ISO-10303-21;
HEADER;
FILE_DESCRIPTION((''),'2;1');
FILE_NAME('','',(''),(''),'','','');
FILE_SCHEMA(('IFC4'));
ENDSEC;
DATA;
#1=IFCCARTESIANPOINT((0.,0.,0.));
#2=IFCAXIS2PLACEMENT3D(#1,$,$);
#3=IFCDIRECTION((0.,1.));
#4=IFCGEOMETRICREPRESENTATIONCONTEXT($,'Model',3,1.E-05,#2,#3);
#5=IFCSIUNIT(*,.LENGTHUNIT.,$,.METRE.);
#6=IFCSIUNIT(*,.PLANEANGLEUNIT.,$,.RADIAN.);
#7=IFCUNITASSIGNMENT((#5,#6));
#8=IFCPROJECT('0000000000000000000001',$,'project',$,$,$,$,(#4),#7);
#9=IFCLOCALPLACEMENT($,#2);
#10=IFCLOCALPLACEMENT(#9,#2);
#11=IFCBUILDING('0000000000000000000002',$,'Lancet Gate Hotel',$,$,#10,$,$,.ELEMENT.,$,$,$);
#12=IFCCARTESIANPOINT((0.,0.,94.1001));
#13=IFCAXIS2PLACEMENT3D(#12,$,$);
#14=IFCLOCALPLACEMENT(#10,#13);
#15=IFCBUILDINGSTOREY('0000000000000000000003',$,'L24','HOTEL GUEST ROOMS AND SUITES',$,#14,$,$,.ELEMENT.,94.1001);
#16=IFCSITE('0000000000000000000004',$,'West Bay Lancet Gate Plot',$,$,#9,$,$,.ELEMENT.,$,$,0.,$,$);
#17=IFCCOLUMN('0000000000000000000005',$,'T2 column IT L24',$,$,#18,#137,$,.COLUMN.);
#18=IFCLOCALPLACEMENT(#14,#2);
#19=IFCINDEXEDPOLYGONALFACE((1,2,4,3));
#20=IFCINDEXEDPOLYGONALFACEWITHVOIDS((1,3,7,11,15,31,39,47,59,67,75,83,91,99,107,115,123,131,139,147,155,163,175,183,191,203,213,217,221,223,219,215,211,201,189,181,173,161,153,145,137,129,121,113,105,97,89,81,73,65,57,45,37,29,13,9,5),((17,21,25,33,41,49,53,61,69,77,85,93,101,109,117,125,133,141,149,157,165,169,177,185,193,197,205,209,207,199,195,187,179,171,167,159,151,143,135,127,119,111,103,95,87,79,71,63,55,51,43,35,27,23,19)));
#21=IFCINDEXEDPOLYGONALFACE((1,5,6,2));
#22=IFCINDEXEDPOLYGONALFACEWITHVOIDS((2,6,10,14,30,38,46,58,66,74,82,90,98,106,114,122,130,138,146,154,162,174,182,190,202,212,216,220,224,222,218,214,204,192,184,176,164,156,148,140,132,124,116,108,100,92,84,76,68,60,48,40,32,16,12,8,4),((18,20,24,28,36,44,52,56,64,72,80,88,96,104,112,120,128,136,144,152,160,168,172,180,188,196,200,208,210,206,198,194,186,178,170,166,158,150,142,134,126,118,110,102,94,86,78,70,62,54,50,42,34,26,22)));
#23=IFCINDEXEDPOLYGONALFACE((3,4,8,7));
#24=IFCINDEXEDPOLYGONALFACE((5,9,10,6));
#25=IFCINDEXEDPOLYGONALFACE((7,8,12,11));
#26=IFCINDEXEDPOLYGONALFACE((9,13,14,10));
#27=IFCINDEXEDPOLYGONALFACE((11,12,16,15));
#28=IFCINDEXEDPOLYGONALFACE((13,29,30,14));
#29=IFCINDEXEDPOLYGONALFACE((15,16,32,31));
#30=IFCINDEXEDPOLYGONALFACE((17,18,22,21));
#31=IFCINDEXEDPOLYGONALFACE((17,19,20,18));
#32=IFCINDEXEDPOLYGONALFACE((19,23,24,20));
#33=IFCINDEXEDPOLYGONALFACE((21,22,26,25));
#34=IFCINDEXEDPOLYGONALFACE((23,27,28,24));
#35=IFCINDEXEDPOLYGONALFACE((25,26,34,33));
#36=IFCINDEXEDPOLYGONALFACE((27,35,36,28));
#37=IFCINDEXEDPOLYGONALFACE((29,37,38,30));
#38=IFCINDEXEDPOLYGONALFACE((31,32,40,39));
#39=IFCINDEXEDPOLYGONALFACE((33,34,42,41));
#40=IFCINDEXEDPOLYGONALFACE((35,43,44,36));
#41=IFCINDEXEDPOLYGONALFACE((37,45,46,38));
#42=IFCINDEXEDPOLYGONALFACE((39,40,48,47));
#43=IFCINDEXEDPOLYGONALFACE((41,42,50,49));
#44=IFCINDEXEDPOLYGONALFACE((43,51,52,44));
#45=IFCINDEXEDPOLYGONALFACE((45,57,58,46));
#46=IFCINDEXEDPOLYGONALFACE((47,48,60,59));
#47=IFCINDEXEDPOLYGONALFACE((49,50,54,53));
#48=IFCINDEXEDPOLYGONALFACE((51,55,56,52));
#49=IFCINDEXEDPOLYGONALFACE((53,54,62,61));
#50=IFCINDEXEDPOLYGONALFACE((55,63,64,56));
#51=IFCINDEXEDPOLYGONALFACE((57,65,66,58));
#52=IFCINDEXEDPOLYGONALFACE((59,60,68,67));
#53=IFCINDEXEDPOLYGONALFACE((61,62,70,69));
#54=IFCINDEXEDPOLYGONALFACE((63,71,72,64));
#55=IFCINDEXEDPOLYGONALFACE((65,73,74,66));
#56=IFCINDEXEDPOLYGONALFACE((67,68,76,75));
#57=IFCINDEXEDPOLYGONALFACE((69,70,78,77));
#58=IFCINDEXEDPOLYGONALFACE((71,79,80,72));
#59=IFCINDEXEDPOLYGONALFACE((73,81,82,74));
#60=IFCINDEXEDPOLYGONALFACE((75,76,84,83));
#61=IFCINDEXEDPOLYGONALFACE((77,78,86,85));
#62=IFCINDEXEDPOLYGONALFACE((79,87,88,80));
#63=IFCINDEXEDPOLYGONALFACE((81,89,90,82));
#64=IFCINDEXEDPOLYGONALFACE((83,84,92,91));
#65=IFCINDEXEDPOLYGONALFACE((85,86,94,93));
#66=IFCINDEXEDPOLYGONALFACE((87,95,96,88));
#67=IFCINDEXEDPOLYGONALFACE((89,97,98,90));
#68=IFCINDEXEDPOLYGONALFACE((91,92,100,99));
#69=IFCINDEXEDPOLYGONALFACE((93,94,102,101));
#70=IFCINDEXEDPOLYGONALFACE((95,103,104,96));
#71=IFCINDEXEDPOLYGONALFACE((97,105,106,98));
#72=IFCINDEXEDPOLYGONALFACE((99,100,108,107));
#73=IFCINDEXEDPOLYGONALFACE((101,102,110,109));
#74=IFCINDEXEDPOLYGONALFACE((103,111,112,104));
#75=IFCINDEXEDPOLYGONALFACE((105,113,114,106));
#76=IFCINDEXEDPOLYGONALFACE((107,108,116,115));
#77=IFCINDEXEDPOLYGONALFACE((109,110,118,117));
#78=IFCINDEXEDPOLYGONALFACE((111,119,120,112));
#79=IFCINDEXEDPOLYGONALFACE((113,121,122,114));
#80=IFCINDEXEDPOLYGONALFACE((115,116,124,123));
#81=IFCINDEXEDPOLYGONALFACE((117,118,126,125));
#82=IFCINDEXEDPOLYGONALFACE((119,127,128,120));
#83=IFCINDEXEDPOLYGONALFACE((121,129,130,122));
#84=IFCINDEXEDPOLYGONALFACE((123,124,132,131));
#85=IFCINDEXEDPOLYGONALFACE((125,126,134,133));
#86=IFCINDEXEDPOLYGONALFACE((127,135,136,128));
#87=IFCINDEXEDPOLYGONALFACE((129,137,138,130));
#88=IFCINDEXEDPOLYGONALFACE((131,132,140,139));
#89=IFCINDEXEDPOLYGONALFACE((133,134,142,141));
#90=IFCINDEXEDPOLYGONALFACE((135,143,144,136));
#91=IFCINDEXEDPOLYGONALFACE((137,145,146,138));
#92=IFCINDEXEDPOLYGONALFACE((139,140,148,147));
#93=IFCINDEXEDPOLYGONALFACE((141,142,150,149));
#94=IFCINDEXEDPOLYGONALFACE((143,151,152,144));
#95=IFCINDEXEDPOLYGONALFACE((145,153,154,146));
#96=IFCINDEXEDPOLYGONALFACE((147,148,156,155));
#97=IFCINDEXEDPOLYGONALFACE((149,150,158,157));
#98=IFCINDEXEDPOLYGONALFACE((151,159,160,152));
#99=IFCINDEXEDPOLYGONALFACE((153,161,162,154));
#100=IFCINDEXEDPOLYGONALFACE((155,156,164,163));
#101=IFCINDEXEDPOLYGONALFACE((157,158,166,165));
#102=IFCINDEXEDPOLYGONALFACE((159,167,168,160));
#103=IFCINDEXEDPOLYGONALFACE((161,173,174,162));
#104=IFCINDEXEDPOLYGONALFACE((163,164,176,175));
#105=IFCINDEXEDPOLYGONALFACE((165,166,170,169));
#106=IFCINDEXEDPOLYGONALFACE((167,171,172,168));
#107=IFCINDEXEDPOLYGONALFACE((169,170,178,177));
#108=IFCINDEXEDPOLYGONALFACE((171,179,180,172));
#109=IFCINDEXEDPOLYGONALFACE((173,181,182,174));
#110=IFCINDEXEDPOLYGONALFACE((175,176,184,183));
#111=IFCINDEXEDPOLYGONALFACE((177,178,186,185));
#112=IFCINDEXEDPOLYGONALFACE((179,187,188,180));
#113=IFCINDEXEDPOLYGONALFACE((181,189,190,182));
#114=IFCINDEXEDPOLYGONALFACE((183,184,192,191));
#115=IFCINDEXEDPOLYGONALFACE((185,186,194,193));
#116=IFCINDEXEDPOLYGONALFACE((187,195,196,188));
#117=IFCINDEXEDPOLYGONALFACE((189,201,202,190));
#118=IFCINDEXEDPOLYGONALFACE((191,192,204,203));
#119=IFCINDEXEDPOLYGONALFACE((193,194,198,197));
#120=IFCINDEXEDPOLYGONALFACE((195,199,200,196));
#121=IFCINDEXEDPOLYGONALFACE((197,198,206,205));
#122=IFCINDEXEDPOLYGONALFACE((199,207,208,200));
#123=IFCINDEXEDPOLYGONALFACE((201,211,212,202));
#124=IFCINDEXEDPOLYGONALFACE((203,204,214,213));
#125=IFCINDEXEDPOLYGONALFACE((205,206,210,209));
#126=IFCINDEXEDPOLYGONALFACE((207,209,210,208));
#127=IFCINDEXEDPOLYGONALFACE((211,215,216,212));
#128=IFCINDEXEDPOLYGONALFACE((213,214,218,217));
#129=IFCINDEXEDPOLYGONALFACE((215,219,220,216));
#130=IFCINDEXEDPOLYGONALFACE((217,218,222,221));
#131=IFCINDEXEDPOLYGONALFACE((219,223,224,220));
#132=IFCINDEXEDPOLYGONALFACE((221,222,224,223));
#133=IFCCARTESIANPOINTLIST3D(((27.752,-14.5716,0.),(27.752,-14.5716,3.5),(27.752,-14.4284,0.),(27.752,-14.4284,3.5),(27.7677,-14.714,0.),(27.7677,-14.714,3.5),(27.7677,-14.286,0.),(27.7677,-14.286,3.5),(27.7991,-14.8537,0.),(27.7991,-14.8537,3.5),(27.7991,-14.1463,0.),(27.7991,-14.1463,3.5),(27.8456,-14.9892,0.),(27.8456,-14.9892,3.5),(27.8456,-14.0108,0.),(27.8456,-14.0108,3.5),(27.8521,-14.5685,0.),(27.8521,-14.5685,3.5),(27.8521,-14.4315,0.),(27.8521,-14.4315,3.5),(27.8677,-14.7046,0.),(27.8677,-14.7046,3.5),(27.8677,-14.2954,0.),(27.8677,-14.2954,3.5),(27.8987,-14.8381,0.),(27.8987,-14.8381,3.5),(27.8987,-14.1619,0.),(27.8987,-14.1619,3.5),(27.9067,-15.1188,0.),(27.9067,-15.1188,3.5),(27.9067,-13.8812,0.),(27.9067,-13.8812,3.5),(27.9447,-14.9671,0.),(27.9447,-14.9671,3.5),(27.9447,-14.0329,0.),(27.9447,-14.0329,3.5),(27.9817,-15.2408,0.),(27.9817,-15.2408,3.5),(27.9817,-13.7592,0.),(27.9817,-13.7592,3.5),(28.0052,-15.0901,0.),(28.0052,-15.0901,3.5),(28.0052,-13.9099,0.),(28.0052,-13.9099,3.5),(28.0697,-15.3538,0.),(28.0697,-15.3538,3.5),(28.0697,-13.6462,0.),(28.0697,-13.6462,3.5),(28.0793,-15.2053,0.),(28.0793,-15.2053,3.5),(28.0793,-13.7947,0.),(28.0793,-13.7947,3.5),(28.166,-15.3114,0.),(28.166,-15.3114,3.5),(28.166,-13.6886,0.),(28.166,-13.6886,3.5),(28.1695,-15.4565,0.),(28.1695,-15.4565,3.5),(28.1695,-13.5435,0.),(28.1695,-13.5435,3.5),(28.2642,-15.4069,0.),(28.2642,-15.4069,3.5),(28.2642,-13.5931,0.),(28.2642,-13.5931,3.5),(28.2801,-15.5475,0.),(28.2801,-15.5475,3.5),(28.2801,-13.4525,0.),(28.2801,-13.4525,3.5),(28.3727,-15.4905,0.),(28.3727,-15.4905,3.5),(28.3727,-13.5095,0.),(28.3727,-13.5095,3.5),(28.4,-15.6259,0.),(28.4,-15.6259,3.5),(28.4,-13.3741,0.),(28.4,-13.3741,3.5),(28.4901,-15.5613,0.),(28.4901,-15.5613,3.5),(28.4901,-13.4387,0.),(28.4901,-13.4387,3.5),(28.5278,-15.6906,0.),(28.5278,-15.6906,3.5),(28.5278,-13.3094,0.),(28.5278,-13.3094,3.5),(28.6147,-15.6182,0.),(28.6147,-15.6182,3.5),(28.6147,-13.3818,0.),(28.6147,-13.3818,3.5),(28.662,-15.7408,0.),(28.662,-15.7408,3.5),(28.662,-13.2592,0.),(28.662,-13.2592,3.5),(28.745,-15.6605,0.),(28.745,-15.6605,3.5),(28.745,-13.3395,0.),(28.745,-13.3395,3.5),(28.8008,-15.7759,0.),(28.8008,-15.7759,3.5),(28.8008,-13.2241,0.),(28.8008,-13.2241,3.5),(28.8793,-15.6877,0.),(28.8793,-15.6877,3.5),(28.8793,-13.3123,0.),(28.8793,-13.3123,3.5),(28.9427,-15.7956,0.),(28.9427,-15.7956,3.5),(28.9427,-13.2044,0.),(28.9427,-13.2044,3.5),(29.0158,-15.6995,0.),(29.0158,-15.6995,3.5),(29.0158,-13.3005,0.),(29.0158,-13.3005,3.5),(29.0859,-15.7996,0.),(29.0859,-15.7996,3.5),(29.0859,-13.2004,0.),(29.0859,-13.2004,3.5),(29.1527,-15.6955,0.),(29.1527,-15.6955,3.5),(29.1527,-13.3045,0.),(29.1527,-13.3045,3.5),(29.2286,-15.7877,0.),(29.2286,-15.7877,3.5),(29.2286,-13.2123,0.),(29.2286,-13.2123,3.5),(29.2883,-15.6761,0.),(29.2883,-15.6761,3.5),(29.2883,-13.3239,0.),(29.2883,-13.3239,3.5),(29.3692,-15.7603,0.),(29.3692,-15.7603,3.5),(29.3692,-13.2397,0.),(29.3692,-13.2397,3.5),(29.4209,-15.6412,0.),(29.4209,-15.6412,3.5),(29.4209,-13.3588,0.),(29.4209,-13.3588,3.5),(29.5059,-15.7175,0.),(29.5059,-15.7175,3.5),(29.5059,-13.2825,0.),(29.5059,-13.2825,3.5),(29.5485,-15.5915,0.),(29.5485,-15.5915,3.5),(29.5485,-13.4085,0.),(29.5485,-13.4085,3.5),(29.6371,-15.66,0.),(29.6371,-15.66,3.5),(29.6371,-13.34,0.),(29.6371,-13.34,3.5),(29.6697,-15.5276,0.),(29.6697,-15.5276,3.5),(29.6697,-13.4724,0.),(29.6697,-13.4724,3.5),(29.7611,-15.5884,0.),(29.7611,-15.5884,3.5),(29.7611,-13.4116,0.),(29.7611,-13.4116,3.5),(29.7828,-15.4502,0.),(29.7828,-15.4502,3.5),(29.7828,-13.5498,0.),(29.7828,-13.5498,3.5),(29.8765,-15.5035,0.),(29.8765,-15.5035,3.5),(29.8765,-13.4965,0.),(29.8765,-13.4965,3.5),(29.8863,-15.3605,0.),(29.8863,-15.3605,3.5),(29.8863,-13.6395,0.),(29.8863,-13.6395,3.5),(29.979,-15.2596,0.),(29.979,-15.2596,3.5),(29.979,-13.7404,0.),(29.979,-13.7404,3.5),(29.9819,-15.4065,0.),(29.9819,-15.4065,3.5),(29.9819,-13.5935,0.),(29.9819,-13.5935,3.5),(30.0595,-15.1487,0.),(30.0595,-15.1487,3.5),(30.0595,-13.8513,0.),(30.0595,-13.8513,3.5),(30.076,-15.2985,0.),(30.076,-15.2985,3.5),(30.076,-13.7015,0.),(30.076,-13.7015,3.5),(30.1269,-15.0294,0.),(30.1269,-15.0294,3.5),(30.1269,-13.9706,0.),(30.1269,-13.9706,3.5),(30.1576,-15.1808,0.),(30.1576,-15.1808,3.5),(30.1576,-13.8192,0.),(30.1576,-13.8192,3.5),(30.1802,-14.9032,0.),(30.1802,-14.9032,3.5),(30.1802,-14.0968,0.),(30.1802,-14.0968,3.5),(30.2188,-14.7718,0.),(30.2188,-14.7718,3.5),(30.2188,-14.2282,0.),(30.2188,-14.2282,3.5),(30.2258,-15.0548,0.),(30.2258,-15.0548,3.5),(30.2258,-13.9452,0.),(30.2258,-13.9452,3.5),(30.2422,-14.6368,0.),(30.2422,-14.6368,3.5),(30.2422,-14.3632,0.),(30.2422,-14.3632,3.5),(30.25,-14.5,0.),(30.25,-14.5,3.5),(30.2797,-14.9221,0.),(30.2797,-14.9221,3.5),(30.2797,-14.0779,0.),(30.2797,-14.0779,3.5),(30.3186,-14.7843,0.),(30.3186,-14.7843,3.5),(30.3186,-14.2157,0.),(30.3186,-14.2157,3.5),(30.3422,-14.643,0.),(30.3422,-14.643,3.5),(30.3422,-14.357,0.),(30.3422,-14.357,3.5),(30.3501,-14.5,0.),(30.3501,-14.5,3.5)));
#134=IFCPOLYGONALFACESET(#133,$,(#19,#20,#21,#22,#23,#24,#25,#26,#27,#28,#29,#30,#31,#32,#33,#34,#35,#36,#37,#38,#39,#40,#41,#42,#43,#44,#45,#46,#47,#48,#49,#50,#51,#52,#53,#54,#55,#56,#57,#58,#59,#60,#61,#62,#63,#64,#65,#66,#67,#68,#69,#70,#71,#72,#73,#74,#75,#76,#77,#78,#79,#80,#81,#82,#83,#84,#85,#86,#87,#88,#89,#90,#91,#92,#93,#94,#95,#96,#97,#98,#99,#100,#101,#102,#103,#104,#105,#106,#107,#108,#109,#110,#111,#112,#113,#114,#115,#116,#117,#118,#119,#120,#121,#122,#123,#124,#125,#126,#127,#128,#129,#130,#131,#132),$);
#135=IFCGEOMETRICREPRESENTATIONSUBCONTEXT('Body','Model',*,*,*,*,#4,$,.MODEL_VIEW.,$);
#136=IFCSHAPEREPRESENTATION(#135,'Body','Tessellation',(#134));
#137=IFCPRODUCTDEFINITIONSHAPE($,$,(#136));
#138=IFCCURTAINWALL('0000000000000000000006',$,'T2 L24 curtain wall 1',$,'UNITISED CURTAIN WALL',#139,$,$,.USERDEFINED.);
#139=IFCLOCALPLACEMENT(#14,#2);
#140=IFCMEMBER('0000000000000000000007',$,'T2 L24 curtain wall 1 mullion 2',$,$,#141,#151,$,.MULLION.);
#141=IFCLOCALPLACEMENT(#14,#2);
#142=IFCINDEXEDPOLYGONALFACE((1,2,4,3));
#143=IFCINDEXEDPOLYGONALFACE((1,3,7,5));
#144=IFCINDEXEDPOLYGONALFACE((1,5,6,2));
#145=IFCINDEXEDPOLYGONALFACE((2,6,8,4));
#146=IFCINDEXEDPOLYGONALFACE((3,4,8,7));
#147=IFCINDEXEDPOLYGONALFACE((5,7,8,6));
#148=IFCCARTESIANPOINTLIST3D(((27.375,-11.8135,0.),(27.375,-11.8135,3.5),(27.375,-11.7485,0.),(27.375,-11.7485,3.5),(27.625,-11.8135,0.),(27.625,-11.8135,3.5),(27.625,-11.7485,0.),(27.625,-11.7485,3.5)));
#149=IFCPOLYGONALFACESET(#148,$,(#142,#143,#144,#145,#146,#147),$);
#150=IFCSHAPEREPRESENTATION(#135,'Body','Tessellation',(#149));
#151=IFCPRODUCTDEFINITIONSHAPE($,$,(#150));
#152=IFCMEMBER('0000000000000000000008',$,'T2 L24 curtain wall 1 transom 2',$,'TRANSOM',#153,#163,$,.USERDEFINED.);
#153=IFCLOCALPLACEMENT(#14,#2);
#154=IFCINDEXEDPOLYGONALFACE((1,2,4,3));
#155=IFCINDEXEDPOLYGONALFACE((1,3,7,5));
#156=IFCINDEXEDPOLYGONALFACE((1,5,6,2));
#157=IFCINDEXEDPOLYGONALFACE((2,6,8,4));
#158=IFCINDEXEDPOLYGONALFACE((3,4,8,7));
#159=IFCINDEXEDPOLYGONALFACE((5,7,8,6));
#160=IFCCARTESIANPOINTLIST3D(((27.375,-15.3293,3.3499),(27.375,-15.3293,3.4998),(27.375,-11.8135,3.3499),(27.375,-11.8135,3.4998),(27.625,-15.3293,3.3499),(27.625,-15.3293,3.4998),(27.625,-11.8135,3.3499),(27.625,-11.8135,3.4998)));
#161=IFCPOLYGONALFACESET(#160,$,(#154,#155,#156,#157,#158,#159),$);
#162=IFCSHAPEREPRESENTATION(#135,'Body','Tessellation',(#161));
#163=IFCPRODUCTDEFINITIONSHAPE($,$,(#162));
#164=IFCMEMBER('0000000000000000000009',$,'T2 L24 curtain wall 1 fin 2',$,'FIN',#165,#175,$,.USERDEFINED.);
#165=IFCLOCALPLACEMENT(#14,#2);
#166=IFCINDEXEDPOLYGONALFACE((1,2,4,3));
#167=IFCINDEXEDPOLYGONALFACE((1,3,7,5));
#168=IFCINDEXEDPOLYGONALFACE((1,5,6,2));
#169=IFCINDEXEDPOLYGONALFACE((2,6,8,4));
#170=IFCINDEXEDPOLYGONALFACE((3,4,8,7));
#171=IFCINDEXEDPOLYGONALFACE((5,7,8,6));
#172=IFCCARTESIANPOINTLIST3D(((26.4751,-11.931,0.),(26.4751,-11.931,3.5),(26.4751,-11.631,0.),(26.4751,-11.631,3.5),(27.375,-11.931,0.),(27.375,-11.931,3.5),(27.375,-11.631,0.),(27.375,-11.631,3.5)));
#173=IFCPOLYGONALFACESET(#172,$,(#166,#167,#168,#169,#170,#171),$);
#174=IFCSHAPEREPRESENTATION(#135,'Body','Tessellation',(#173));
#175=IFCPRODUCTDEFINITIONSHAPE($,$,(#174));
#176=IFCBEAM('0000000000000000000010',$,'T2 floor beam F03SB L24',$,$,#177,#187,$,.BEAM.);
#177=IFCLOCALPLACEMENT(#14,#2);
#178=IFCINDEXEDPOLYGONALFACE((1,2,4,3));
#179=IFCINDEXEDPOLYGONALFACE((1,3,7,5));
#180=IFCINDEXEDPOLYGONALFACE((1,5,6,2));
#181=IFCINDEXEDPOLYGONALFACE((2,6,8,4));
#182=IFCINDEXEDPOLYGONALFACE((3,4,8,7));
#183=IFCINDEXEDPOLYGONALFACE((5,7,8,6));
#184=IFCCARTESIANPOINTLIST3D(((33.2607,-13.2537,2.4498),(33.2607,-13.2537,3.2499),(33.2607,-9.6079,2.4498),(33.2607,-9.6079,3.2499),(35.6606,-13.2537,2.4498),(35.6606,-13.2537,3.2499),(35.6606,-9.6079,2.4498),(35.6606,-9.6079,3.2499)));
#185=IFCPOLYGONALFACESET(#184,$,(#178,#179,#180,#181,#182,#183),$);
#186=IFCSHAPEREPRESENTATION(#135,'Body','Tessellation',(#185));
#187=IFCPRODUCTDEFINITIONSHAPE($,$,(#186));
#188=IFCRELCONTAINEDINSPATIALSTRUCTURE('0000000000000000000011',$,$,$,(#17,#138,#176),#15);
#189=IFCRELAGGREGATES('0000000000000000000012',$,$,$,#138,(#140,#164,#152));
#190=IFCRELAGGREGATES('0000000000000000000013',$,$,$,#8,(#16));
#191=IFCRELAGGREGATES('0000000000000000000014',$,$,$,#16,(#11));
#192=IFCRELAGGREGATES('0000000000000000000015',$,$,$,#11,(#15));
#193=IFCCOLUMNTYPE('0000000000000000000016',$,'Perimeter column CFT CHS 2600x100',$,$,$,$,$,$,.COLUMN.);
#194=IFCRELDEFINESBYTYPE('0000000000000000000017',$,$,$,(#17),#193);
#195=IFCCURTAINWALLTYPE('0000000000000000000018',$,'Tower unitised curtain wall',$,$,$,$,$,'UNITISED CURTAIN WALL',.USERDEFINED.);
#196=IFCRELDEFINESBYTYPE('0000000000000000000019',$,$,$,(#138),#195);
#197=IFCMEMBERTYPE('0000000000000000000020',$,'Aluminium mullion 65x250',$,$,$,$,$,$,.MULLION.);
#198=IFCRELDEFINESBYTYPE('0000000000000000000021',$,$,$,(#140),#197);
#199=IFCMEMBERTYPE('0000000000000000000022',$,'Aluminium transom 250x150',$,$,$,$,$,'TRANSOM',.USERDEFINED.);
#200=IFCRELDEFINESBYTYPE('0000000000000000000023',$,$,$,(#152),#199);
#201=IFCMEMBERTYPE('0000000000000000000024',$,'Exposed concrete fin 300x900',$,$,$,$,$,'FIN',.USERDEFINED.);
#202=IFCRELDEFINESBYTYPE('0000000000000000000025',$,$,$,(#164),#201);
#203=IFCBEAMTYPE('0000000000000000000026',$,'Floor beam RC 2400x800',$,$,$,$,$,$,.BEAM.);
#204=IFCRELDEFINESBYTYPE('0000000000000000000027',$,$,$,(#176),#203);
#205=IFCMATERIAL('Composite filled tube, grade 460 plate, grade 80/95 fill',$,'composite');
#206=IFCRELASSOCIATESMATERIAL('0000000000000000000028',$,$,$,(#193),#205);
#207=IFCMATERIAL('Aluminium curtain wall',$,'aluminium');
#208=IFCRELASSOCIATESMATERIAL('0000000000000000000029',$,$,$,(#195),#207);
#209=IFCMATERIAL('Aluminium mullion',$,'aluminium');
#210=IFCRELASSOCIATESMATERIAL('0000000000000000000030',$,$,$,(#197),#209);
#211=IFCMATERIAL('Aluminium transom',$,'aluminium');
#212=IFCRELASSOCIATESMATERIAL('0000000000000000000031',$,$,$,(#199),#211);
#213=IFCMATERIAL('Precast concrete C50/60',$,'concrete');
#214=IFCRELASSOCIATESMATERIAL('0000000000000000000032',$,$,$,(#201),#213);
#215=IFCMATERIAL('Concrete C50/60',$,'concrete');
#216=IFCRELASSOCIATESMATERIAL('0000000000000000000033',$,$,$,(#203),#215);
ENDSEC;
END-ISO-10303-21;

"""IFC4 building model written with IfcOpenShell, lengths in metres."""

from ifc_helpers import new_model, si_unit, direction, frame, origin, origin_2d, place, context, subcontext, project, spatial, rectangle, hollow_circle, extrude, material, material_profile, profile_set, type_object, element, aggregate, save


model = new_model("IFC4")

# Units and contexts
model_context = context("Model", 3, precision=1e-05, world=origin(), true_north=direction((0.0, 1.0)))
body_context = subcontext(model_context, "Body", "Model", "MODEL_VIEW")
ifc_project = project(units=[si_unit("LENGTHUNIT", "METRE"), si_unit("PLANEANGLEUNIT", "RADIAN")], contexts=[model_context])

# Site, building, storey
site_placement = place(None, origin())
site = spatial("IfcSite", under=ifc_project, at=site_placement, Name="West Bay Lancet Gate Plot", CompositionType="ELEMENT", RefElevation=0.0)
building_placement = place(site_placement, origin())
building = spatial("IfcBuilding", under=site, at=building_placement, Name="Lancet Gate Hotel", CompositionType="ELEMENT")
storey_placement = place(building_placement, frame((0.0, 0.0, 94.1001)))
storey = spatial("IfcBuildingStorey", under=building, at=storey_placement, Name="L24", Description="HOTEL GUEST ROOMS AND SUITES", CompositionType="ELEMENT", Elevation=94.1001)

# Column
ifc_material_1 = material(Name="Composite filled tube, grade 460 plate, grade 80/95 fill", Category="composite")
ifc_material_profile_1 = material_profile(ifc_material_1, hollow_circle(Radius=1.3, WallThickness=0.1001, at=origin_2d()), Name="CHS 2600x100")
ifc_profile_set_1 = profile_set([ifc_material_profile_1], Name="Composite filled tube, grade 460 plate, grade 80/95 fill")
column_type = type_object("IfcColumnType", Name="Perimeter column CFT CHS 2600x100", PredefinedType="COLUMN", material=ifc_profile_set_1)
for number, where, z_axis, x_axis, name in (
    (1, (29.05, -14.5, 0.0), (0.0, 0.0, 1.0), (1.0, 0.0, 0.0), "T2 column IT L24"),
):
    element("IfcColumn", number, at=place(storey_placement, frame(where, z_axis=z_axis, x_axis=x_axis)), inside=storey, type_object=column_type, Name=name, PredefinedType="COLUMN", context=body_context, shape_type="SweptSolid", body=[
        extrude(hollow_circle(Radius=1.3, WallThickness=0.1001, at=origin_2d()), origin(), (0.0, 0.0, 1.0), 3.5),
    ])

# Curtain wall, members
ifc_material_2 = material(Name="Aluminium curtain wall", Category="aluminium")
curtain_wall_type = type_object("IfcCurtainWallType", Name="Tower unitised curtain wall", ElementType="UNITISED CURTAIN WALL", PredefinedType="USERDEFINED", material=ifc_material_2)
curtain_wall_placement = place(storey_placement, origin())
curtain_wall = element("IfcCurtainWall", 2, at=curtain_wall_placement, inside=storey, type_object=curtain_wall_type, Name="T2 L24 curtain wall 1", ObjectType="UNITISED CURTAIN WALL", PredefinedType="USERDEFINED")
ifc_material_3 = material(Name="Aluminium mullion", Category="aluminium")
ifc_material_profile_2 = material_profile(ifc_material_3, rectangle(XDim=0.0649, YDim=0.25, at=origin_2d()), Name="MULLION 65x250")
ifc_profile_set_2 = profile_set([ifc_material_profile_2], Name="Aluminium mullion")
member_type_1 = type_object("IfcMemberType", Name="Aluminium mullion 65x250", PredefinedType="MULLION", material=ifc_profile_set_2)
member_1_placement = place(storey_placement, frame((27.5, -11.781, 0.0), z_axis=(0.0, 0.0, 1.0), x_axis=(0.0, -1.0, 0.0)))
member_1 = element("IfcMember", 3, at=member_1_placement, type_object=member_type_1, Name="T2 L24 curtain wall 1 mullion 2", PredefinedType="MULLION", context=body_context, shape_type="SweptSolid", body=[
    extrude(rectangle(XDim=0.0649, YDim=0.25, at=origin_2d()), origin(), (0.0, 0.0, 1.0), 3.5),
])
ifc_material_4 = material(Name="Aluminium transom", Category="aluminium")
ifc_material_profile_3 = material_profile(ifc_material_4, rectangle(XDim=0.25, YDim=0.1499, at=origin_2d()), Name="TRANSOM 250x150")
ifc_profile_set_3 = profile_set([ifc_material_profile_3], Name="Aluminium transom")
member_type_2 = type_object("IfcMemberType", Name="Aluminium transom 250x150", ElementType="TRANSOM", PredefinedType="USERDEFINED", material=ifc_profile_set_3)
member_2_placement = place(storey_placement, frame((27.5, -11.8135, 3.4248), z_axis=(0.0, -1.0, 0.0), x_axis=(1.0, 0.0, 0.0)))
member_2 = element("IfcMember", 4, at=member_2_placement, type_object=member_type_2, Name="T2 L24 curtain wall 1 transom 2", ObjectType="TRANSOM", PredefinedType="USERDEFINED", context=body_context, shape_type="SweptSolid", body=[
    extrude(rectangle(XDim=0.25, YDim=0.1499, at=origin_2d()), origin(), (0.0, 0.0, 1.0), 3.5159),
])
ifc_material_5 = material(Name="Precast concrete C50/60", Category="concrete")
ifc_material_profile_4 = material_profile(ifc_material_5, rectangle(XDim=0.3, YDim=0.8999, at=origin_2d()), Name="FIN 300x900")
ifc_profile_set_4 = profile_set([ifc_material_profile_4], Name="Precast concrete C50/60")
member_type_3 = type_object("IfcMemberType", Name="Exposed concrete fin 300x900", ElementType="FIN", PredefinedType="USERDEFINED", material=ifc_profile_set_4)
member_3_placement = place(storey_placement, frame((26.925, -11.781, 0.0), z_axis=(0.0, 0.0, 1.0), x_axis=(0.0, -1.0, 0.0)))
member_3 = element("IfcMember", 5, at=member_3_placement, type_object=member_type_3, Name="T2 L24 curtain wall 1 fin 2", ObjectType="FIN", PredefinedType="USERDEFINED", context=body_context, shape_type="SweptSolid", body=[
    extrude(rectangle(XDim=0.3, YDim=0.8999, at=origin_2d()), origin(), (0.0, 0.0, 1.0), 3.5),
])

# Beam
ifc_material_6 = material(Name="Concrete C50/60", Category="concrete")
ifc_material_profile_5 = material_profile(ifc_material_6, rectangle(XDim=2.3999, YDim=0.8, at=origin_2d()), Name="RC 2400x800")
ifc_profile_set_5 = profile_set([ifc_material_profile_5], Name="Concrete C50/60")
beam_type_1 = type_object("IfcBeamType", Name="Floor beam RC 2400x800", PredefinedType="BEAM", material=ifc_profile_set_5)
for number, where, z_axis, x_axis, name in (
    (6, (34.4607, -13.2537, 2.8499), (0.0, 1.0, 0.0), (-1.0, 0.0, 0.0), "T2 floor beam F03SB L24"),
):
    element("IfcBeam", number, at=place(storey_placement, frame(where, z_axis=z_axis, x_axis=x_axis)), inside=storey, type_object=beam_type_1, Name=name, PredefinedType="BEAM", context=body_context, shape_type="SweptSolid", body=[
        extrude(rectangle(XDim=2.3999, YDim=0.8, at=origin_2d()), origin(), (0.0, 0.0, 1.0), 3.6458),
    ])

aggregate(curtain_wall, [member_1, member_3, member_2])

save(model, "model.ifc")
